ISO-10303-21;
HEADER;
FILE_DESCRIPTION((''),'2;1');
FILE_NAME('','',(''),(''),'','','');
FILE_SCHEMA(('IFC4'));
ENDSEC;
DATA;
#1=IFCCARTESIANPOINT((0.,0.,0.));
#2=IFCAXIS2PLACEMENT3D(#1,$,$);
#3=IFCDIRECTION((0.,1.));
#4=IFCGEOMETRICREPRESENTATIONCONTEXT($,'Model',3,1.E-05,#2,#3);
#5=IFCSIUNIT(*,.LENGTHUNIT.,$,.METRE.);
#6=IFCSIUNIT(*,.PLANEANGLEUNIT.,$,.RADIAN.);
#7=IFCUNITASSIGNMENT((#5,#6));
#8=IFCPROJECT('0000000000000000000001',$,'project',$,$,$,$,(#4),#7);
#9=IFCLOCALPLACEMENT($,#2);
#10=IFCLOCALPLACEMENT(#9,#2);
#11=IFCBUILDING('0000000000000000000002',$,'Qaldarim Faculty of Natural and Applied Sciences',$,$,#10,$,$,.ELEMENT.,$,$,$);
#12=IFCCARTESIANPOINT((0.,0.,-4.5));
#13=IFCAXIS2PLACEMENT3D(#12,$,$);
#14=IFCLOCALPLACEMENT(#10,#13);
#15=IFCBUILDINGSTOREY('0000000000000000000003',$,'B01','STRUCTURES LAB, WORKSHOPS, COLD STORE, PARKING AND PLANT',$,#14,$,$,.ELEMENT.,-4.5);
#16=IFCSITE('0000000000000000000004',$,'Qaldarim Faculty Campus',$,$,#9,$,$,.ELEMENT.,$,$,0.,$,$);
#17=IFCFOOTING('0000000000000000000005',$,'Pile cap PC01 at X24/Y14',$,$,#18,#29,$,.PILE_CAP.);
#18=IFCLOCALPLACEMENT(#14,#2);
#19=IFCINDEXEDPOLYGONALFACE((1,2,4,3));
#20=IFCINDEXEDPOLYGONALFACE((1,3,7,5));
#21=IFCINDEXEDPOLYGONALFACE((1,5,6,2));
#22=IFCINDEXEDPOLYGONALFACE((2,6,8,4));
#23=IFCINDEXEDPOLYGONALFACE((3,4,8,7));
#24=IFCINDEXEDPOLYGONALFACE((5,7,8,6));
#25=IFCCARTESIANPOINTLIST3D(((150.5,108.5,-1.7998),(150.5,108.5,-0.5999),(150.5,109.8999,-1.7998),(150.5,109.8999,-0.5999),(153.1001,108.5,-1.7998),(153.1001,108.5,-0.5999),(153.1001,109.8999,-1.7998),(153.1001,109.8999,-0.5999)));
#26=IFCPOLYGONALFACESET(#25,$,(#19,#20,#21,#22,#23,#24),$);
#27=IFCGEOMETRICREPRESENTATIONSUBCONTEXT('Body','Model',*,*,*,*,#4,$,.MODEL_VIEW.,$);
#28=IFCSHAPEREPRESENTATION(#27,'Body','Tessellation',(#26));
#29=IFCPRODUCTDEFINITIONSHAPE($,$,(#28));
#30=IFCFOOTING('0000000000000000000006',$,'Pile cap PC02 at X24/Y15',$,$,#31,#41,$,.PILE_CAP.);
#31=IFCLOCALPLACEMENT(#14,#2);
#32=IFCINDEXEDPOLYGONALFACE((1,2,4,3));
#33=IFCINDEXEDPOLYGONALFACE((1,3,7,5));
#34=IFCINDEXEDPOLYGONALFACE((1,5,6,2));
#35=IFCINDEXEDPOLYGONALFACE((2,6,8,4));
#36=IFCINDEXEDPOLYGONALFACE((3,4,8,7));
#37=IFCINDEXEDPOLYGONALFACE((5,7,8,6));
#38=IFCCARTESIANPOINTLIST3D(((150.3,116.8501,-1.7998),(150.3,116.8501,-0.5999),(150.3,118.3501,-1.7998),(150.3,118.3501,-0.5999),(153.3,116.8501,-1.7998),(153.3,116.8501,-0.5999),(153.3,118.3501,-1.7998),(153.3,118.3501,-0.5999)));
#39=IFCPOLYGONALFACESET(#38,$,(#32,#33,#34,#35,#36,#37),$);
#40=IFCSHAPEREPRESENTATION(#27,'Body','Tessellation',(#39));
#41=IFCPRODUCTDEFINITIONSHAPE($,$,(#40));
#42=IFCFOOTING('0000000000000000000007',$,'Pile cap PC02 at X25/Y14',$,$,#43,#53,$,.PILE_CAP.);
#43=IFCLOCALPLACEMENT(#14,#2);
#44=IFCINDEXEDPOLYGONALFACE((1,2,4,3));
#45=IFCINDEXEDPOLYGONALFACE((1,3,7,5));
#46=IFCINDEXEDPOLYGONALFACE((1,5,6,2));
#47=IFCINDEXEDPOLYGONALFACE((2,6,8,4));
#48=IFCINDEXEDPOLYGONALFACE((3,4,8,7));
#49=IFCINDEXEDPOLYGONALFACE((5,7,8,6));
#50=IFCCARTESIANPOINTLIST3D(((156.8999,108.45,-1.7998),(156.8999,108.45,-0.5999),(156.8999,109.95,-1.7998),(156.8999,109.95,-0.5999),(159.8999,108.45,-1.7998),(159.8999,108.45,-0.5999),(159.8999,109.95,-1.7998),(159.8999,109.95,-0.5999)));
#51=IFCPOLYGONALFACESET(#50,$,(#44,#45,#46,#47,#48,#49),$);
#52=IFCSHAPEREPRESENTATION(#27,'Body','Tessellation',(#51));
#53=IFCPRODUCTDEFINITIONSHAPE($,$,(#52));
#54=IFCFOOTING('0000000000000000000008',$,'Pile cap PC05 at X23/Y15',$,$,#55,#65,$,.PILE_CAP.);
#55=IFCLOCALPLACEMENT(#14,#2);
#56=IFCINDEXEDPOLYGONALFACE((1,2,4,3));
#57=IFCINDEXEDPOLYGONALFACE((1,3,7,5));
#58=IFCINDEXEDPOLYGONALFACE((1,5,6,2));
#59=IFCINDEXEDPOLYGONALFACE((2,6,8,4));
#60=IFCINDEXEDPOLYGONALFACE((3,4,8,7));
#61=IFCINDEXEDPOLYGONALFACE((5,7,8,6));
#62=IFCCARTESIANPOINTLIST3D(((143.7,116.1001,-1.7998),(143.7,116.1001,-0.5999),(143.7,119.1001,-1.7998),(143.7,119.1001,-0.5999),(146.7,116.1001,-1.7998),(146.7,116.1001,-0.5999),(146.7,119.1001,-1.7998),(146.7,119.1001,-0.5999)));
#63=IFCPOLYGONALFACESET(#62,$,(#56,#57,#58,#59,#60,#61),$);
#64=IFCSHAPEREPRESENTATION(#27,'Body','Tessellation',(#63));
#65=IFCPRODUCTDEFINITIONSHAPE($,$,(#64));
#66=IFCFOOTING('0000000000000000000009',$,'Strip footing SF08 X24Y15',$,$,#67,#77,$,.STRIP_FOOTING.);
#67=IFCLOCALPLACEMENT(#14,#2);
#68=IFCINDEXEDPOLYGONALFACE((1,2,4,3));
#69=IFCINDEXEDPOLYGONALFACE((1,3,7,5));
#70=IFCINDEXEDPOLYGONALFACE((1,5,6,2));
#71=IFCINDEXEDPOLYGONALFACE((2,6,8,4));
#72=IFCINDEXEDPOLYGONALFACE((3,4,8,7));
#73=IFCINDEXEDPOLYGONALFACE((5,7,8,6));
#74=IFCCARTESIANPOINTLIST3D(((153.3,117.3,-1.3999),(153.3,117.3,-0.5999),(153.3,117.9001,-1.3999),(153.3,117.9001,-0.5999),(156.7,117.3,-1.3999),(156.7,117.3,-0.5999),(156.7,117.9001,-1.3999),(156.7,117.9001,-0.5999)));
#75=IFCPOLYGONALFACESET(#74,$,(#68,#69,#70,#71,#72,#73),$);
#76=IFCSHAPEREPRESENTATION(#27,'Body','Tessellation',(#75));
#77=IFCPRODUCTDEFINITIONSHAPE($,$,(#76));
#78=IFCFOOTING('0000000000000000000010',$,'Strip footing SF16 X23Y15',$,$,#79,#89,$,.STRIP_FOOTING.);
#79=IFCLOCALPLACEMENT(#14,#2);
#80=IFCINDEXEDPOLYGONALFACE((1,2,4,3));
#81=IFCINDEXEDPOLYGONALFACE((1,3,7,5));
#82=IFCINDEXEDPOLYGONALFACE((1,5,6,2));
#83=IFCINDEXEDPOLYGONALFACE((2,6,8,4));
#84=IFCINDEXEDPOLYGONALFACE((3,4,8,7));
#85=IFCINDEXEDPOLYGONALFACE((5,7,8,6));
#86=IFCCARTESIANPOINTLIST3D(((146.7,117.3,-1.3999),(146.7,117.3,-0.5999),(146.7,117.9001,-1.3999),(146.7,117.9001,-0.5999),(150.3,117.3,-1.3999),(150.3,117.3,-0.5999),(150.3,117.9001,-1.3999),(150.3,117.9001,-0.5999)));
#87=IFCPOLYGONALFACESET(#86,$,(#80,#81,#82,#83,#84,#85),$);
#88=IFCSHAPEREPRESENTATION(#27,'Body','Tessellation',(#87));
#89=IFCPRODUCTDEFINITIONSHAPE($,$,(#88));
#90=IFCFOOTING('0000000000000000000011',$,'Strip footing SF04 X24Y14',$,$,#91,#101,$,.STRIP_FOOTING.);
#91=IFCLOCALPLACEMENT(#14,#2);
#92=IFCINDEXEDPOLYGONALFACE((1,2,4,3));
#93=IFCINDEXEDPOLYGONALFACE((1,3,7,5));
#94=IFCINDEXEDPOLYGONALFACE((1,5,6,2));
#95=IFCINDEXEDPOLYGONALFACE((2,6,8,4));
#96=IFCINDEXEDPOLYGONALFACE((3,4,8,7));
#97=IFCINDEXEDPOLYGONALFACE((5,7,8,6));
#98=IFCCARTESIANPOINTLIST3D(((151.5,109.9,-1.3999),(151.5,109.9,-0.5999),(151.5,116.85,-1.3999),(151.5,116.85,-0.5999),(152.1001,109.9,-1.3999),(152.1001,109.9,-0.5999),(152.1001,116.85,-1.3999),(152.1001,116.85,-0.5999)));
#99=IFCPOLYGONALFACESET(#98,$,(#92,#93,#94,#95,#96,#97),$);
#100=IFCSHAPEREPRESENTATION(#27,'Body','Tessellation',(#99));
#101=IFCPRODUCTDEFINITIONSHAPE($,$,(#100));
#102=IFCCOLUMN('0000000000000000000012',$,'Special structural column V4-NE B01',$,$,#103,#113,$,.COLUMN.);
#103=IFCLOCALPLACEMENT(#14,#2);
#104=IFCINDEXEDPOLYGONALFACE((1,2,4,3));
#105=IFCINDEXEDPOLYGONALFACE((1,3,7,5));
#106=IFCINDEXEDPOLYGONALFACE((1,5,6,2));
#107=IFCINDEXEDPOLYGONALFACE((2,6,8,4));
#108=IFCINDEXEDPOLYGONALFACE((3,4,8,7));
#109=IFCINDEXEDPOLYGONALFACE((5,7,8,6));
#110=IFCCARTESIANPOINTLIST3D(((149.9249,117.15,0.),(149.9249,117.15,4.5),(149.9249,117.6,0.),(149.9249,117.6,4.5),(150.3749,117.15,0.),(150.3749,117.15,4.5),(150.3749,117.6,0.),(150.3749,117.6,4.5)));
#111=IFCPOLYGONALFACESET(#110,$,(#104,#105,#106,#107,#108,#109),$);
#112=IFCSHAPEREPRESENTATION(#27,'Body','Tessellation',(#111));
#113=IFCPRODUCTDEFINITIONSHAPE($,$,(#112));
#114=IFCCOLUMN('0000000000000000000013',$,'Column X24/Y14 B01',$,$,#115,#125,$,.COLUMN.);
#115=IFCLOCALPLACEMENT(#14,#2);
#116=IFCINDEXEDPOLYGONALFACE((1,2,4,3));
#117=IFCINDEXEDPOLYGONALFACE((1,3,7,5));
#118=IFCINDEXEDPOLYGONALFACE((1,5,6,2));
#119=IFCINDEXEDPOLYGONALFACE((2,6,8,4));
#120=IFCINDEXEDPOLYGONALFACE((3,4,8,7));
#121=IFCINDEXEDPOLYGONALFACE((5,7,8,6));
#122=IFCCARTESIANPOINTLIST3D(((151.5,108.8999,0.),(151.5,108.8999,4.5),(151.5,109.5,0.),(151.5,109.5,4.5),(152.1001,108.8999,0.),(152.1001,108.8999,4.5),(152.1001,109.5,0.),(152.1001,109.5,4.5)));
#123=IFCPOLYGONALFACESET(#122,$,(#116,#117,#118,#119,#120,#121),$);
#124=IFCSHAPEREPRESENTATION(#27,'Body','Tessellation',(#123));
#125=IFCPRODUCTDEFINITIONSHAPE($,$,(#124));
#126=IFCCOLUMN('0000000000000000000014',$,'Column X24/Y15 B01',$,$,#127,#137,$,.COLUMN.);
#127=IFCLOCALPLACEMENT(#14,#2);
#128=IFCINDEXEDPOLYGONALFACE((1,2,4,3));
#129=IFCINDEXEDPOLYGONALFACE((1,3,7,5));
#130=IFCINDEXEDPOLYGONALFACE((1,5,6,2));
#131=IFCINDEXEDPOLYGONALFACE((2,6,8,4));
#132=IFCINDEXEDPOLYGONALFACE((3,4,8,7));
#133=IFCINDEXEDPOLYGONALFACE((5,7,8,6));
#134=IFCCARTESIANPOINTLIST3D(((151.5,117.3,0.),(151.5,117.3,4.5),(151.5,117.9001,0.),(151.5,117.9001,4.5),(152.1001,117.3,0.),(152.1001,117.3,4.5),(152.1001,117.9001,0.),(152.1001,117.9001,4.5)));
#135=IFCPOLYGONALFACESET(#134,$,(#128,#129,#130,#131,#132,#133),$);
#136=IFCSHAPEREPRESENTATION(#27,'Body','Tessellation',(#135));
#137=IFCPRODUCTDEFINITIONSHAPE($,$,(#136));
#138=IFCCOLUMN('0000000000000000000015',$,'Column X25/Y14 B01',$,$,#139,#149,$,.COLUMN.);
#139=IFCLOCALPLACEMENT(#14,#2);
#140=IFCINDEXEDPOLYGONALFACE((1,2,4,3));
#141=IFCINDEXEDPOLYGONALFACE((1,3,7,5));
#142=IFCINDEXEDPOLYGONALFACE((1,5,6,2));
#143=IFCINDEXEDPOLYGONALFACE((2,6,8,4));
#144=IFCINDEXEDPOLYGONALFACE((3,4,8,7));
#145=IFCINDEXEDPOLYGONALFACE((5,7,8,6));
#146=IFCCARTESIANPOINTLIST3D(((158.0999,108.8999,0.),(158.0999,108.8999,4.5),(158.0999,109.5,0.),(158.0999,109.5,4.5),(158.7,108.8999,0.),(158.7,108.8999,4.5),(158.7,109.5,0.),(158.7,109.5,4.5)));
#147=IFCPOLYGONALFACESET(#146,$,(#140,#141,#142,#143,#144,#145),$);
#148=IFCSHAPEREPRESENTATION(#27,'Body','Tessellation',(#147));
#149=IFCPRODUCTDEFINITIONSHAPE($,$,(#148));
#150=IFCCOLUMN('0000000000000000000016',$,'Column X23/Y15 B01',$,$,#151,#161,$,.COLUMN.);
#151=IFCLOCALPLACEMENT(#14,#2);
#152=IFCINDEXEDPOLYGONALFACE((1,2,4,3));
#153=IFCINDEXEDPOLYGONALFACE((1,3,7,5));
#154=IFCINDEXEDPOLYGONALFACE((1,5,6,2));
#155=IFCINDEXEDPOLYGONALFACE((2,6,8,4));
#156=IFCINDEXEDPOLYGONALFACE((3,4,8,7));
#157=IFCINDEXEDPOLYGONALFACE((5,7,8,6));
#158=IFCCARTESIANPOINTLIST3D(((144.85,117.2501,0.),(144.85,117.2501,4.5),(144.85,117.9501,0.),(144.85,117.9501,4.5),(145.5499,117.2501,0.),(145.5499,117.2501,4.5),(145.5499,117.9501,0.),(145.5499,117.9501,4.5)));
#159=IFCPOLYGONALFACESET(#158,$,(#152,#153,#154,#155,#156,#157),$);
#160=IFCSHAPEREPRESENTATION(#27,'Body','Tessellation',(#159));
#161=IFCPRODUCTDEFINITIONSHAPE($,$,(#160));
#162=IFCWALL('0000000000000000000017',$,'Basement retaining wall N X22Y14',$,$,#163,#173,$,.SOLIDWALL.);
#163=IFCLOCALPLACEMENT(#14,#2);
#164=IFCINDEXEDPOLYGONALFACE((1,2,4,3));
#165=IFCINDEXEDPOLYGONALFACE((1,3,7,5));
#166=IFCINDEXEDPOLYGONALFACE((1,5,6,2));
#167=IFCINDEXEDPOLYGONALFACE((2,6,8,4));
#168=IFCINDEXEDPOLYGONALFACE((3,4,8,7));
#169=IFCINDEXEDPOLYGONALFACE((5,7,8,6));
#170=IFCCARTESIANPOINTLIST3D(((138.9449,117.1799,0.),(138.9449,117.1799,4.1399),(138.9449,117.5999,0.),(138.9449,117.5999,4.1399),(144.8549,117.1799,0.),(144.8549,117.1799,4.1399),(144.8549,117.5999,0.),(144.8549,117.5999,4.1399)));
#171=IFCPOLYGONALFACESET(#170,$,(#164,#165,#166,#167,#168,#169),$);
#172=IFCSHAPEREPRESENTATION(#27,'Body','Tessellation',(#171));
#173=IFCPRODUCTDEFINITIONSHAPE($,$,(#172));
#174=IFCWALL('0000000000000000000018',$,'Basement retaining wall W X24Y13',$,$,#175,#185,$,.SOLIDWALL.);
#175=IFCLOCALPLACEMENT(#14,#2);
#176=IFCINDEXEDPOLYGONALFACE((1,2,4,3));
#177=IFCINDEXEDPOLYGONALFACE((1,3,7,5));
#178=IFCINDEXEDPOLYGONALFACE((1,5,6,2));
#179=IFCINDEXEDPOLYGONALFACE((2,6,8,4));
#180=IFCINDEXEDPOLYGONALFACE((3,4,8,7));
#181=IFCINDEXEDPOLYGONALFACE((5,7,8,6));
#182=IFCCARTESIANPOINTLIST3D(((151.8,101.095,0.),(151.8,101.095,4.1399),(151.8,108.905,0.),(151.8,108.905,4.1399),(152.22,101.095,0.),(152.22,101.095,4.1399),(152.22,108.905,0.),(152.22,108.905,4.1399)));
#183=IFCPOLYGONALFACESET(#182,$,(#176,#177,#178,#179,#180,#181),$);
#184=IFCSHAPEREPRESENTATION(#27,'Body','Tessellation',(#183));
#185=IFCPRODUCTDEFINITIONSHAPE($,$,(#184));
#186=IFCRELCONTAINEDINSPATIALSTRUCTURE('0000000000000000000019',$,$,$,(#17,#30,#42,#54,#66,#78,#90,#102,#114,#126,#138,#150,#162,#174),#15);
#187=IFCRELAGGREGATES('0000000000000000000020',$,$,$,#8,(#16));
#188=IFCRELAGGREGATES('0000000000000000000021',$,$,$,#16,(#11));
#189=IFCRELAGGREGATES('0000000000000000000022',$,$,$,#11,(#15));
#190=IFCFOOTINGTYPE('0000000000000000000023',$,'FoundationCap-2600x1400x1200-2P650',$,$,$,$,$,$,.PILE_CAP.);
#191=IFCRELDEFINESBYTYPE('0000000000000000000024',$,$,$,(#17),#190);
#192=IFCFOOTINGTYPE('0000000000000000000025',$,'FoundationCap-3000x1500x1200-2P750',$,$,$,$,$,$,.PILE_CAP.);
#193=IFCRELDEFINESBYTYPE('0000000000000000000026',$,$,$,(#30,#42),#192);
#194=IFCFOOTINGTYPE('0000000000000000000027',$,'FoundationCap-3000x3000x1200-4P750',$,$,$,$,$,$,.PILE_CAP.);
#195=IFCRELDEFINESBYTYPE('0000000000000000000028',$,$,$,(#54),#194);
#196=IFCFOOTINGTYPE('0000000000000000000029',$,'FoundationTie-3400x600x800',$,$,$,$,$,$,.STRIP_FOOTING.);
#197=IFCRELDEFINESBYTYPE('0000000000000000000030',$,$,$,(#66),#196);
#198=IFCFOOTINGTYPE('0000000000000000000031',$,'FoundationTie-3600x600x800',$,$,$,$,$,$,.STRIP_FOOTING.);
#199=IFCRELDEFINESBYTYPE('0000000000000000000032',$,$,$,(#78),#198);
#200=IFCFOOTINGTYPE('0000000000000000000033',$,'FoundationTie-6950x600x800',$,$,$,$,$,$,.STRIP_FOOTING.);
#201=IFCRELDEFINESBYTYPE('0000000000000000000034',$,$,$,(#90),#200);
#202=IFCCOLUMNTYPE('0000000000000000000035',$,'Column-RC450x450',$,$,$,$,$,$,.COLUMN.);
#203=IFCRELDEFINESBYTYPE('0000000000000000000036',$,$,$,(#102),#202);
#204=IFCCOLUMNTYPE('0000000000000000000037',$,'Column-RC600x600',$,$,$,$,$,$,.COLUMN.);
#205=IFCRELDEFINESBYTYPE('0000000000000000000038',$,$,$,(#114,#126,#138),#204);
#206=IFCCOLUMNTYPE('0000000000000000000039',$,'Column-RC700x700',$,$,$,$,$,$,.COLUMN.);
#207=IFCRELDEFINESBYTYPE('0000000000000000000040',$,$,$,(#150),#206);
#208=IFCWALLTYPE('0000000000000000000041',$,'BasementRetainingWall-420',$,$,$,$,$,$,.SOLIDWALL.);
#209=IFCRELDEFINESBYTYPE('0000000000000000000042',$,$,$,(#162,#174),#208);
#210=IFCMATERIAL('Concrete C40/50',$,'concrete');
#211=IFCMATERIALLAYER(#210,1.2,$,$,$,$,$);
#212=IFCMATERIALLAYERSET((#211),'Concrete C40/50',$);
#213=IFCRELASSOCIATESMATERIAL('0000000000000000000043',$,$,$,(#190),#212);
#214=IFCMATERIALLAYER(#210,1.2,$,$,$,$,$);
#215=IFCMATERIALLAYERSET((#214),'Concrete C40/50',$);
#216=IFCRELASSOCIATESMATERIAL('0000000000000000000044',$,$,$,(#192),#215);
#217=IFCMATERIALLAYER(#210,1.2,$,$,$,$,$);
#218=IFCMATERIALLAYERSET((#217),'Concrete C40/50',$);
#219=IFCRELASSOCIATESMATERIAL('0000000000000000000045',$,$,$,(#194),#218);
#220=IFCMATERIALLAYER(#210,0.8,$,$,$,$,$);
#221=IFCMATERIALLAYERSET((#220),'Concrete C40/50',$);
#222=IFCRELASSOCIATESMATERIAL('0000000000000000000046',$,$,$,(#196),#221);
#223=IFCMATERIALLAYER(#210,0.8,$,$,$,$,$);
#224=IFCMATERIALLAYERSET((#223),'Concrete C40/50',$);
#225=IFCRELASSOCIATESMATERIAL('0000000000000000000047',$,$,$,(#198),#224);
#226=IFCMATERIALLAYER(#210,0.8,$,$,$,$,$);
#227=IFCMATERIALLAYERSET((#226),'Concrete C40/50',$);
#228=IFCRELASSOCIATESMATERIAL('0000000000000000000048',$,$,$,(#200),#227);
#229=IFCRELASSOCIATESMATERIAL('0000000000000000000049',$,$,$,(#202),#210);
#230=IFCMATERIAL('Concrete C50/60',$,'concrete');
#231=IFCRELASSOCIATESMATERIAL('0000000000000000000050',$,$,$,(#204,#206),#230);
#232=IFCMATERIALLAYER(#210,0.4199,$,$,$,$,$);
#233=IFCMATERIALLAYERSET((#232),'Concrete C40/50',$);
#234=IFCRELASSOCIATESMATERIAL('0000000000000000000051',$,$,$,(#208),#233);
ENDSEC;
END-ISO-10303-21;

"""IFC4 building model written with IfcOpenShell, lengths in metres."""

from ifc_helpers import new_model, si_unit, direction, frame, frame_2d, origin, origin_2d, place, context, subcontext, project, spatial, rectangle, extrude, material, layer, layer_set, material_profile, profile_set, type_object, element, save


model = new_model("IFC4")

# Units and contexts
model_context = context("Model", 3, precision=1e-05, world=origin(), true_north=direction((0.0, 1.0)))
body_context = subcontext(model_context, "Body", "Model", "MODEL_VIEW")
ifc_project = project(units=[si_unit("LENGTHUNIT", "METRE"), si_unit("PLANEANGLEUNIT", "RADIAN")], contexts=[model_context])

# Site, building, storey
site_placement = place(None, origin())
site = spatial("IfcSite", under=ifc_project, at=site_placement, Name="Qaldarim Faculty Campus", CompositionType="ELEMENT", RefElevation=0.0)
building_placement = place(site_placement, origin())
building = spatial("IfcBuilding", under=site, at=building_placement, Name="Qaldarim Faculty of Natural and Applied Sciences", CompositionType="ELEMENT")
storey_placement = place(building_placement, frame((0.0, 0.0, -4.5)))
storey = spatial("IfcBuildingStorey", under=building, at=storey_placement, Name="B01", Description="STRUCTURES LAB, WORKSHOPS, COLD STORE, PARKING AND PLANT", CompositionType="ELEMENT", Elevation=-4.5)

# Shared definitions
ifc_material_1 = material(Name="Concrete C40/50", Category="concrete")

# Footings
ifc_layer_1 = layer(ifc_material_1, 1.2)
ifc_layer_set_1 = layer_set([ifc_layer_1], Name="Concrete C40/50")
footing_type_1 = type_object("IfcFootingType", Name="FoundationCap-2600x1400x1200-2P650", PredefinedType="PILE_CAP", material=ifc_layer_set_1)
footing_1_placement = place(storey_placement, frame((151.8, 109.2, -1.7998), z_axis=(0.0, 0.0, 1.0), x_axis=(1.0, 0.0, 0.0)))
element("IfcFooting", 1, at=footing_1_placement, inside=storey, type_object=footing_type_1, Name="Pile cap PC01 at X24/Y14", PredefinedType="PILE_CAP", context=body_context, shape_type="SweptSolid", body=[
    extrude(rectangle(XDim=2.6001, YDim=1.3999, at=origin_2d()), origin(), (0.0, 0.0, 1.0), 1.2),
])
ifc_layer_2 = layer(ifc_material_1, 1.2)
ifc_layer_set_2 = layer_set([ifc_layer_2], Name="Concrete C40/50")
footing_type_2 = type_object("IfcFootingType", Name="FoundationCap-3000x1500x1200-2P750", PredefinedType="PILE_CAP", material=ifc_layer_set_2)
for number, where, z_axis, x_axis, name in (
    (2, (151.8, 117.6001, -1.7998), (0.0, 0.0, 1.0), (1.0, 0.0, 0.0), "Pile cap PC02 at X24/Y15"),
    (3, (158.3999, 109.2, -1.7998), (0.0, 0.0, 1.0), (1.0, 0.0, 0.0), "Pile cap PC02 at X25/Y14"),
):
    element("IfcFooting", number, at=place(storey_placement, frame(where, z_axis=z_axis, x_axis=x_axis)), inside=storey, type_object=footing_type_2, Name=name, PredefinedType="PILE_CAP", context=body_context, shape_type="SweptSolid", body=[
        extrude(rectangle(XDim=3.0, YDim=1.5, at=origin_2d()), origin(), (0.0, 0.0, 1.0), 1.2),
    ])
ifc_layer_3 = layer(ifc_material_1, 1.2)
ifc_layer_set_3 = layer_set([ifc_layer_3], Name="Concrete C40/50")
footing_type_3 = type_object("IfcFootingType", Name="FoundationCap-3000x3000x1200-4P750", PredefinedType="PILE_CAP", material=ifc_layer_set_3)
footing_2_placement = place(storey_placement, frame((145.2, 117.6001, -1.7998), z_axis=(0.0, 0.0, 1.0), x_axis=(1.0, 0.0, 0.0)))
element("IfcFooting", 4, at=footing_2_placement, inside=storey, type_object=footing_type_3, Name="Pile cap PC05 at X23/Y15", PredefinedType="PILE_CAP", context=body_context, shape_type="SweptSolid", body=[
    extrude(rectangle(XDim=3.0, YDim=3.0, at=origin_2d()), origin(), (0.0, 0.0, 1.0), 1.2),
])
ifc_layer_4 = layer(ifc_material_1, 0.8)
ifc_layer_set_4 = layer_set([ifc_layer_4], Name="Concrete C40/50")
footing_type_4 = type_object("IfcFootingType", Name="FoundationTie-3400x600x800", PredefinedType="STRIP_FOOTING", material=ifc_layer_set_4)
footing_3_placement = place(storey_placement, frame((155.0, 117.6001, -1.3999), z_axis=(0.0, 0.0, 1.0), x_axis=(1.0, 0.0, 0.0)))
element("IfcFooting", 5, at=footing_3_placement, inside=storey, type_object=footing_type_4, Name="Strip footing SF08 X24Y15", PredefinedType="STRIP_FOOTING", context=body_context, shape_type="SweptSolid", body=[
    extrude(rectangle(XDim=3.3999, YDim=0.6001, at=origin_2d()), origin(), (0.0, 0.0, 1.0), 0.8),
])
ifc_layer_5 = layer(ifc_material_1, 0.8)
ifc_layer_set_5 = layer_set([ifc_layer_5], Name="Concrete C40/50")
footing_type_5 = type_object("IfcFootingType", Name="FoundationTie-3600x600x800", PredefinedType="STRIP_FOOTING", material=ifc_layer_set_5)
footing_4_placement = place(storey_placement, frame((148.5, 117.6001, -1.3999), z_axis=(0.0, 0.0, 1.0), x_axis=(1.0, 0.0, 0.0)))
element("IfcFooting", 6, at=footing_4_placement, inside=storey, type_object=footing_type_5, Name="Strip footing SF16 X23Y15", PredefinedType="STRIP_FOOTING", context=body_context, shape_type="SweptSolid", body=[
    extrude(rectangle(XDim=3.6001, YDim=0.6001, at=origin_2d()), origin(), (0.0, 0.0, 1.0), 0.8),
])
ifc_layer_6 = layer(ifc_material_1, 0.8)
ifc_layer_set_6 = layer_set([ifc_layer_6], Name="Concrete C40/50")
footing_type_6 = type_object("IfcFootingType", Name="FoundationTie-6950x600x800", PredefinedType="STRIP_FOOTING", material=ifc_layer_set_6)
footing_5_placement = place(storey_placement, frame((151.8, 113.375, -1.3999), z_axis=(0.0, 0.0, 1.0), x_axis=(0.0, 1.0, 0.0)))
element("IfcFooting", 7, at=footing_5_placement, inside=storey, type_object=footing_type_6, Name="Strip footing SF04 X24Y14", PredefinedType="STRIP_FOOTING", context=body_context, shape_type="SweptSolid", body=[
    extrude(rectangle(XDim=6.95, YDim=0.6001, at=origin_2d()), origin(), (0.0, 0.0, 1.0), 0.8),
])

# Columns
ifc_material_profile_1 = material_profile(ifc_material_1, rectangle(XDim=0.45, YDim=0.45, at=origin_2d()), Name="RC-C450x450")
ifc_profile_set_1 = profile_set([ifc_material_profile_1], Name="Concrete C40/50")
column_type_1 = type_object("IfcColumnType", Name="Column-RC450x450", PredefinedType="COLUMN", material=ifc_profile_set_1)
column_1_placement = place(storey_placement, frame((150.1499, 117.375, 0.0), z_axis=(0.0, 0.0, 1.0), x_axis=(1.0, 0.0, 0.0)))
element("IfcColumn", 8, at=column_1_placement, inside=storey, type_object=column_type_1, Name="Special structural column V4-NE B01", PredefinedType="COLUMN", context=body_context, shape_type="SweptSolid", body=[
    extrude(rectangle(XDim=0.45, YDim=0.45, at=origin_2d()), origin(), (0.0, 0.0, 1.0), 4.5),
])
ifc_material_2 = material(Name="Concrete C50/60", Category="concrete")
ifc_material_profile_2 = material_profile(ifc_material_2, rectangle(XDim=0.6001, YDim=0.6001, at=origin_2d()), Name="RC-C600x600")
ifc_profile_set_2 = profile_set([ifc_material_profile_2], Name="Concrete C50/60")
column_type_2 = type_object("IfcColumnType", Name="Column-RC600x600", PredefinedType="COLUMN", material=ifc_profile_set_2)
for number, where, z_axis, x_axis, name in (
    (9, (151.8, 109.2, 0.0), (0.0, 0.0, 1.0), (1.0, 0.0, 0.0), "Column X24/Y14 B01"),
    (10, (151.8, 117.6001, 0.0), (0.0, 0.0, 1.0), (1.0, 0.0, 0.0), "Column X24/Y15 B01"),
    (11, (158.3999, 109.2, 0.0), (0.0, 0.0, 1.0), (1.0, 0.0, 0.0), "Column X25/Y14 B01"),
):
    element("IfcColumn", number, at=place(storey_placement, frame(where, z_axis=z_axis, x_axis=x_axis)), inside=storey, type_object=column_type_2, Name=name, PredefinedType="COLUMN", context=body_context, shape_type="SweptSolid", body=[
        extrude(rectangle(XDim=0.6001, YDim=0.6001, at=origin_2d()), origin(), (0.0, 0.0, 1.0), 4.5),
    ])
ifc_material_profile_3 = material_profile(ifc_material_2, rectangle(XDim=0.7, YDim=0.7, at=origin_2d()), Name="RC-C700x700")
ifc_profile_set_3 = profile_set([ifc_material_profile_3], Name="Concrete C50/60")
column_type_3 = type_object("IfcColumnType", Name="Column-RC700x700", PredefinedType="COLUMN", material=ifc_profile_set_3)
column_2_placement = place(storey_placement, frame((145.2, 117.6001, 0.0), z_axis=(0.0, 0.0, 1.0), x_axis=(1.0, 0.0, 0.0)))
element("IfcColumn", 12, at=column_2_placement, inside=storey, type_object=column_type_3, Name="Column X23/Y15 B01", PredefinedType="COLUMN", context=body_context, shape_type="SweptSolid", body=[
    extrude(rectangle(XDim=0.7, YDim=0.7, at=origin_2d()), origin(), (0.0, 0.0, 1.0), 4.5),
])

# Walls
ifc_layer_7 = layer(ifc_material_1, 0.4199)
ifc_layer_set_7 = layer_set([ifc_layer_7], Name="Concrete C40/50")
wall_type = type_object("IfcWallType", Name="BasementRetainingWall-420", PredefinedType="SOLIDWALL", material=ifc_layer_set_7)
wall_1_placement = place(storey_placement, frame((144.855, 117.3899, 0.0), z_axis=(0.0, 0.0, 1.0), x_axis=(-1.0, 0.0, 0.0)))
element("IfcWall", 13, at=wall_1_placement, inside=storey, type_object=wall_type, Name="Basement retaining wall N X22Y14", PredefinedType="SOLIDWALL", context=body_context, shape_type="SweptSolid", body=[
    extrude(rectangle(XDim=5.9099, YDim=0.4199, at=frame_2d((2.9551, 0.0))), origin(), (0.0, 0.0, 1.0), 4.1399),
])
wall_2_placement = place(storey_placement, frame((152.01, 108.905, 0.0), z_axis=(0.0, 0.0, 1.0), x_axis=(0.0, -1.0, 0.0)))
element("IfcWall", 14, at=wall_2_placement, inside=storey, type_object=wall_type, Name="Basement retaining wall W X24Y13", PredefinedType="SOLIDWALL", context=body_context, shape_type="SweptSolid", body=[
    extrude(rectangle(XDim=7.8101, YDim=0.4199, at=frame_2d((3.905, 0.0))), origin(), (0.0, 0.0, 1.0), 4.1399),
])

save(model, "model.ifc")
